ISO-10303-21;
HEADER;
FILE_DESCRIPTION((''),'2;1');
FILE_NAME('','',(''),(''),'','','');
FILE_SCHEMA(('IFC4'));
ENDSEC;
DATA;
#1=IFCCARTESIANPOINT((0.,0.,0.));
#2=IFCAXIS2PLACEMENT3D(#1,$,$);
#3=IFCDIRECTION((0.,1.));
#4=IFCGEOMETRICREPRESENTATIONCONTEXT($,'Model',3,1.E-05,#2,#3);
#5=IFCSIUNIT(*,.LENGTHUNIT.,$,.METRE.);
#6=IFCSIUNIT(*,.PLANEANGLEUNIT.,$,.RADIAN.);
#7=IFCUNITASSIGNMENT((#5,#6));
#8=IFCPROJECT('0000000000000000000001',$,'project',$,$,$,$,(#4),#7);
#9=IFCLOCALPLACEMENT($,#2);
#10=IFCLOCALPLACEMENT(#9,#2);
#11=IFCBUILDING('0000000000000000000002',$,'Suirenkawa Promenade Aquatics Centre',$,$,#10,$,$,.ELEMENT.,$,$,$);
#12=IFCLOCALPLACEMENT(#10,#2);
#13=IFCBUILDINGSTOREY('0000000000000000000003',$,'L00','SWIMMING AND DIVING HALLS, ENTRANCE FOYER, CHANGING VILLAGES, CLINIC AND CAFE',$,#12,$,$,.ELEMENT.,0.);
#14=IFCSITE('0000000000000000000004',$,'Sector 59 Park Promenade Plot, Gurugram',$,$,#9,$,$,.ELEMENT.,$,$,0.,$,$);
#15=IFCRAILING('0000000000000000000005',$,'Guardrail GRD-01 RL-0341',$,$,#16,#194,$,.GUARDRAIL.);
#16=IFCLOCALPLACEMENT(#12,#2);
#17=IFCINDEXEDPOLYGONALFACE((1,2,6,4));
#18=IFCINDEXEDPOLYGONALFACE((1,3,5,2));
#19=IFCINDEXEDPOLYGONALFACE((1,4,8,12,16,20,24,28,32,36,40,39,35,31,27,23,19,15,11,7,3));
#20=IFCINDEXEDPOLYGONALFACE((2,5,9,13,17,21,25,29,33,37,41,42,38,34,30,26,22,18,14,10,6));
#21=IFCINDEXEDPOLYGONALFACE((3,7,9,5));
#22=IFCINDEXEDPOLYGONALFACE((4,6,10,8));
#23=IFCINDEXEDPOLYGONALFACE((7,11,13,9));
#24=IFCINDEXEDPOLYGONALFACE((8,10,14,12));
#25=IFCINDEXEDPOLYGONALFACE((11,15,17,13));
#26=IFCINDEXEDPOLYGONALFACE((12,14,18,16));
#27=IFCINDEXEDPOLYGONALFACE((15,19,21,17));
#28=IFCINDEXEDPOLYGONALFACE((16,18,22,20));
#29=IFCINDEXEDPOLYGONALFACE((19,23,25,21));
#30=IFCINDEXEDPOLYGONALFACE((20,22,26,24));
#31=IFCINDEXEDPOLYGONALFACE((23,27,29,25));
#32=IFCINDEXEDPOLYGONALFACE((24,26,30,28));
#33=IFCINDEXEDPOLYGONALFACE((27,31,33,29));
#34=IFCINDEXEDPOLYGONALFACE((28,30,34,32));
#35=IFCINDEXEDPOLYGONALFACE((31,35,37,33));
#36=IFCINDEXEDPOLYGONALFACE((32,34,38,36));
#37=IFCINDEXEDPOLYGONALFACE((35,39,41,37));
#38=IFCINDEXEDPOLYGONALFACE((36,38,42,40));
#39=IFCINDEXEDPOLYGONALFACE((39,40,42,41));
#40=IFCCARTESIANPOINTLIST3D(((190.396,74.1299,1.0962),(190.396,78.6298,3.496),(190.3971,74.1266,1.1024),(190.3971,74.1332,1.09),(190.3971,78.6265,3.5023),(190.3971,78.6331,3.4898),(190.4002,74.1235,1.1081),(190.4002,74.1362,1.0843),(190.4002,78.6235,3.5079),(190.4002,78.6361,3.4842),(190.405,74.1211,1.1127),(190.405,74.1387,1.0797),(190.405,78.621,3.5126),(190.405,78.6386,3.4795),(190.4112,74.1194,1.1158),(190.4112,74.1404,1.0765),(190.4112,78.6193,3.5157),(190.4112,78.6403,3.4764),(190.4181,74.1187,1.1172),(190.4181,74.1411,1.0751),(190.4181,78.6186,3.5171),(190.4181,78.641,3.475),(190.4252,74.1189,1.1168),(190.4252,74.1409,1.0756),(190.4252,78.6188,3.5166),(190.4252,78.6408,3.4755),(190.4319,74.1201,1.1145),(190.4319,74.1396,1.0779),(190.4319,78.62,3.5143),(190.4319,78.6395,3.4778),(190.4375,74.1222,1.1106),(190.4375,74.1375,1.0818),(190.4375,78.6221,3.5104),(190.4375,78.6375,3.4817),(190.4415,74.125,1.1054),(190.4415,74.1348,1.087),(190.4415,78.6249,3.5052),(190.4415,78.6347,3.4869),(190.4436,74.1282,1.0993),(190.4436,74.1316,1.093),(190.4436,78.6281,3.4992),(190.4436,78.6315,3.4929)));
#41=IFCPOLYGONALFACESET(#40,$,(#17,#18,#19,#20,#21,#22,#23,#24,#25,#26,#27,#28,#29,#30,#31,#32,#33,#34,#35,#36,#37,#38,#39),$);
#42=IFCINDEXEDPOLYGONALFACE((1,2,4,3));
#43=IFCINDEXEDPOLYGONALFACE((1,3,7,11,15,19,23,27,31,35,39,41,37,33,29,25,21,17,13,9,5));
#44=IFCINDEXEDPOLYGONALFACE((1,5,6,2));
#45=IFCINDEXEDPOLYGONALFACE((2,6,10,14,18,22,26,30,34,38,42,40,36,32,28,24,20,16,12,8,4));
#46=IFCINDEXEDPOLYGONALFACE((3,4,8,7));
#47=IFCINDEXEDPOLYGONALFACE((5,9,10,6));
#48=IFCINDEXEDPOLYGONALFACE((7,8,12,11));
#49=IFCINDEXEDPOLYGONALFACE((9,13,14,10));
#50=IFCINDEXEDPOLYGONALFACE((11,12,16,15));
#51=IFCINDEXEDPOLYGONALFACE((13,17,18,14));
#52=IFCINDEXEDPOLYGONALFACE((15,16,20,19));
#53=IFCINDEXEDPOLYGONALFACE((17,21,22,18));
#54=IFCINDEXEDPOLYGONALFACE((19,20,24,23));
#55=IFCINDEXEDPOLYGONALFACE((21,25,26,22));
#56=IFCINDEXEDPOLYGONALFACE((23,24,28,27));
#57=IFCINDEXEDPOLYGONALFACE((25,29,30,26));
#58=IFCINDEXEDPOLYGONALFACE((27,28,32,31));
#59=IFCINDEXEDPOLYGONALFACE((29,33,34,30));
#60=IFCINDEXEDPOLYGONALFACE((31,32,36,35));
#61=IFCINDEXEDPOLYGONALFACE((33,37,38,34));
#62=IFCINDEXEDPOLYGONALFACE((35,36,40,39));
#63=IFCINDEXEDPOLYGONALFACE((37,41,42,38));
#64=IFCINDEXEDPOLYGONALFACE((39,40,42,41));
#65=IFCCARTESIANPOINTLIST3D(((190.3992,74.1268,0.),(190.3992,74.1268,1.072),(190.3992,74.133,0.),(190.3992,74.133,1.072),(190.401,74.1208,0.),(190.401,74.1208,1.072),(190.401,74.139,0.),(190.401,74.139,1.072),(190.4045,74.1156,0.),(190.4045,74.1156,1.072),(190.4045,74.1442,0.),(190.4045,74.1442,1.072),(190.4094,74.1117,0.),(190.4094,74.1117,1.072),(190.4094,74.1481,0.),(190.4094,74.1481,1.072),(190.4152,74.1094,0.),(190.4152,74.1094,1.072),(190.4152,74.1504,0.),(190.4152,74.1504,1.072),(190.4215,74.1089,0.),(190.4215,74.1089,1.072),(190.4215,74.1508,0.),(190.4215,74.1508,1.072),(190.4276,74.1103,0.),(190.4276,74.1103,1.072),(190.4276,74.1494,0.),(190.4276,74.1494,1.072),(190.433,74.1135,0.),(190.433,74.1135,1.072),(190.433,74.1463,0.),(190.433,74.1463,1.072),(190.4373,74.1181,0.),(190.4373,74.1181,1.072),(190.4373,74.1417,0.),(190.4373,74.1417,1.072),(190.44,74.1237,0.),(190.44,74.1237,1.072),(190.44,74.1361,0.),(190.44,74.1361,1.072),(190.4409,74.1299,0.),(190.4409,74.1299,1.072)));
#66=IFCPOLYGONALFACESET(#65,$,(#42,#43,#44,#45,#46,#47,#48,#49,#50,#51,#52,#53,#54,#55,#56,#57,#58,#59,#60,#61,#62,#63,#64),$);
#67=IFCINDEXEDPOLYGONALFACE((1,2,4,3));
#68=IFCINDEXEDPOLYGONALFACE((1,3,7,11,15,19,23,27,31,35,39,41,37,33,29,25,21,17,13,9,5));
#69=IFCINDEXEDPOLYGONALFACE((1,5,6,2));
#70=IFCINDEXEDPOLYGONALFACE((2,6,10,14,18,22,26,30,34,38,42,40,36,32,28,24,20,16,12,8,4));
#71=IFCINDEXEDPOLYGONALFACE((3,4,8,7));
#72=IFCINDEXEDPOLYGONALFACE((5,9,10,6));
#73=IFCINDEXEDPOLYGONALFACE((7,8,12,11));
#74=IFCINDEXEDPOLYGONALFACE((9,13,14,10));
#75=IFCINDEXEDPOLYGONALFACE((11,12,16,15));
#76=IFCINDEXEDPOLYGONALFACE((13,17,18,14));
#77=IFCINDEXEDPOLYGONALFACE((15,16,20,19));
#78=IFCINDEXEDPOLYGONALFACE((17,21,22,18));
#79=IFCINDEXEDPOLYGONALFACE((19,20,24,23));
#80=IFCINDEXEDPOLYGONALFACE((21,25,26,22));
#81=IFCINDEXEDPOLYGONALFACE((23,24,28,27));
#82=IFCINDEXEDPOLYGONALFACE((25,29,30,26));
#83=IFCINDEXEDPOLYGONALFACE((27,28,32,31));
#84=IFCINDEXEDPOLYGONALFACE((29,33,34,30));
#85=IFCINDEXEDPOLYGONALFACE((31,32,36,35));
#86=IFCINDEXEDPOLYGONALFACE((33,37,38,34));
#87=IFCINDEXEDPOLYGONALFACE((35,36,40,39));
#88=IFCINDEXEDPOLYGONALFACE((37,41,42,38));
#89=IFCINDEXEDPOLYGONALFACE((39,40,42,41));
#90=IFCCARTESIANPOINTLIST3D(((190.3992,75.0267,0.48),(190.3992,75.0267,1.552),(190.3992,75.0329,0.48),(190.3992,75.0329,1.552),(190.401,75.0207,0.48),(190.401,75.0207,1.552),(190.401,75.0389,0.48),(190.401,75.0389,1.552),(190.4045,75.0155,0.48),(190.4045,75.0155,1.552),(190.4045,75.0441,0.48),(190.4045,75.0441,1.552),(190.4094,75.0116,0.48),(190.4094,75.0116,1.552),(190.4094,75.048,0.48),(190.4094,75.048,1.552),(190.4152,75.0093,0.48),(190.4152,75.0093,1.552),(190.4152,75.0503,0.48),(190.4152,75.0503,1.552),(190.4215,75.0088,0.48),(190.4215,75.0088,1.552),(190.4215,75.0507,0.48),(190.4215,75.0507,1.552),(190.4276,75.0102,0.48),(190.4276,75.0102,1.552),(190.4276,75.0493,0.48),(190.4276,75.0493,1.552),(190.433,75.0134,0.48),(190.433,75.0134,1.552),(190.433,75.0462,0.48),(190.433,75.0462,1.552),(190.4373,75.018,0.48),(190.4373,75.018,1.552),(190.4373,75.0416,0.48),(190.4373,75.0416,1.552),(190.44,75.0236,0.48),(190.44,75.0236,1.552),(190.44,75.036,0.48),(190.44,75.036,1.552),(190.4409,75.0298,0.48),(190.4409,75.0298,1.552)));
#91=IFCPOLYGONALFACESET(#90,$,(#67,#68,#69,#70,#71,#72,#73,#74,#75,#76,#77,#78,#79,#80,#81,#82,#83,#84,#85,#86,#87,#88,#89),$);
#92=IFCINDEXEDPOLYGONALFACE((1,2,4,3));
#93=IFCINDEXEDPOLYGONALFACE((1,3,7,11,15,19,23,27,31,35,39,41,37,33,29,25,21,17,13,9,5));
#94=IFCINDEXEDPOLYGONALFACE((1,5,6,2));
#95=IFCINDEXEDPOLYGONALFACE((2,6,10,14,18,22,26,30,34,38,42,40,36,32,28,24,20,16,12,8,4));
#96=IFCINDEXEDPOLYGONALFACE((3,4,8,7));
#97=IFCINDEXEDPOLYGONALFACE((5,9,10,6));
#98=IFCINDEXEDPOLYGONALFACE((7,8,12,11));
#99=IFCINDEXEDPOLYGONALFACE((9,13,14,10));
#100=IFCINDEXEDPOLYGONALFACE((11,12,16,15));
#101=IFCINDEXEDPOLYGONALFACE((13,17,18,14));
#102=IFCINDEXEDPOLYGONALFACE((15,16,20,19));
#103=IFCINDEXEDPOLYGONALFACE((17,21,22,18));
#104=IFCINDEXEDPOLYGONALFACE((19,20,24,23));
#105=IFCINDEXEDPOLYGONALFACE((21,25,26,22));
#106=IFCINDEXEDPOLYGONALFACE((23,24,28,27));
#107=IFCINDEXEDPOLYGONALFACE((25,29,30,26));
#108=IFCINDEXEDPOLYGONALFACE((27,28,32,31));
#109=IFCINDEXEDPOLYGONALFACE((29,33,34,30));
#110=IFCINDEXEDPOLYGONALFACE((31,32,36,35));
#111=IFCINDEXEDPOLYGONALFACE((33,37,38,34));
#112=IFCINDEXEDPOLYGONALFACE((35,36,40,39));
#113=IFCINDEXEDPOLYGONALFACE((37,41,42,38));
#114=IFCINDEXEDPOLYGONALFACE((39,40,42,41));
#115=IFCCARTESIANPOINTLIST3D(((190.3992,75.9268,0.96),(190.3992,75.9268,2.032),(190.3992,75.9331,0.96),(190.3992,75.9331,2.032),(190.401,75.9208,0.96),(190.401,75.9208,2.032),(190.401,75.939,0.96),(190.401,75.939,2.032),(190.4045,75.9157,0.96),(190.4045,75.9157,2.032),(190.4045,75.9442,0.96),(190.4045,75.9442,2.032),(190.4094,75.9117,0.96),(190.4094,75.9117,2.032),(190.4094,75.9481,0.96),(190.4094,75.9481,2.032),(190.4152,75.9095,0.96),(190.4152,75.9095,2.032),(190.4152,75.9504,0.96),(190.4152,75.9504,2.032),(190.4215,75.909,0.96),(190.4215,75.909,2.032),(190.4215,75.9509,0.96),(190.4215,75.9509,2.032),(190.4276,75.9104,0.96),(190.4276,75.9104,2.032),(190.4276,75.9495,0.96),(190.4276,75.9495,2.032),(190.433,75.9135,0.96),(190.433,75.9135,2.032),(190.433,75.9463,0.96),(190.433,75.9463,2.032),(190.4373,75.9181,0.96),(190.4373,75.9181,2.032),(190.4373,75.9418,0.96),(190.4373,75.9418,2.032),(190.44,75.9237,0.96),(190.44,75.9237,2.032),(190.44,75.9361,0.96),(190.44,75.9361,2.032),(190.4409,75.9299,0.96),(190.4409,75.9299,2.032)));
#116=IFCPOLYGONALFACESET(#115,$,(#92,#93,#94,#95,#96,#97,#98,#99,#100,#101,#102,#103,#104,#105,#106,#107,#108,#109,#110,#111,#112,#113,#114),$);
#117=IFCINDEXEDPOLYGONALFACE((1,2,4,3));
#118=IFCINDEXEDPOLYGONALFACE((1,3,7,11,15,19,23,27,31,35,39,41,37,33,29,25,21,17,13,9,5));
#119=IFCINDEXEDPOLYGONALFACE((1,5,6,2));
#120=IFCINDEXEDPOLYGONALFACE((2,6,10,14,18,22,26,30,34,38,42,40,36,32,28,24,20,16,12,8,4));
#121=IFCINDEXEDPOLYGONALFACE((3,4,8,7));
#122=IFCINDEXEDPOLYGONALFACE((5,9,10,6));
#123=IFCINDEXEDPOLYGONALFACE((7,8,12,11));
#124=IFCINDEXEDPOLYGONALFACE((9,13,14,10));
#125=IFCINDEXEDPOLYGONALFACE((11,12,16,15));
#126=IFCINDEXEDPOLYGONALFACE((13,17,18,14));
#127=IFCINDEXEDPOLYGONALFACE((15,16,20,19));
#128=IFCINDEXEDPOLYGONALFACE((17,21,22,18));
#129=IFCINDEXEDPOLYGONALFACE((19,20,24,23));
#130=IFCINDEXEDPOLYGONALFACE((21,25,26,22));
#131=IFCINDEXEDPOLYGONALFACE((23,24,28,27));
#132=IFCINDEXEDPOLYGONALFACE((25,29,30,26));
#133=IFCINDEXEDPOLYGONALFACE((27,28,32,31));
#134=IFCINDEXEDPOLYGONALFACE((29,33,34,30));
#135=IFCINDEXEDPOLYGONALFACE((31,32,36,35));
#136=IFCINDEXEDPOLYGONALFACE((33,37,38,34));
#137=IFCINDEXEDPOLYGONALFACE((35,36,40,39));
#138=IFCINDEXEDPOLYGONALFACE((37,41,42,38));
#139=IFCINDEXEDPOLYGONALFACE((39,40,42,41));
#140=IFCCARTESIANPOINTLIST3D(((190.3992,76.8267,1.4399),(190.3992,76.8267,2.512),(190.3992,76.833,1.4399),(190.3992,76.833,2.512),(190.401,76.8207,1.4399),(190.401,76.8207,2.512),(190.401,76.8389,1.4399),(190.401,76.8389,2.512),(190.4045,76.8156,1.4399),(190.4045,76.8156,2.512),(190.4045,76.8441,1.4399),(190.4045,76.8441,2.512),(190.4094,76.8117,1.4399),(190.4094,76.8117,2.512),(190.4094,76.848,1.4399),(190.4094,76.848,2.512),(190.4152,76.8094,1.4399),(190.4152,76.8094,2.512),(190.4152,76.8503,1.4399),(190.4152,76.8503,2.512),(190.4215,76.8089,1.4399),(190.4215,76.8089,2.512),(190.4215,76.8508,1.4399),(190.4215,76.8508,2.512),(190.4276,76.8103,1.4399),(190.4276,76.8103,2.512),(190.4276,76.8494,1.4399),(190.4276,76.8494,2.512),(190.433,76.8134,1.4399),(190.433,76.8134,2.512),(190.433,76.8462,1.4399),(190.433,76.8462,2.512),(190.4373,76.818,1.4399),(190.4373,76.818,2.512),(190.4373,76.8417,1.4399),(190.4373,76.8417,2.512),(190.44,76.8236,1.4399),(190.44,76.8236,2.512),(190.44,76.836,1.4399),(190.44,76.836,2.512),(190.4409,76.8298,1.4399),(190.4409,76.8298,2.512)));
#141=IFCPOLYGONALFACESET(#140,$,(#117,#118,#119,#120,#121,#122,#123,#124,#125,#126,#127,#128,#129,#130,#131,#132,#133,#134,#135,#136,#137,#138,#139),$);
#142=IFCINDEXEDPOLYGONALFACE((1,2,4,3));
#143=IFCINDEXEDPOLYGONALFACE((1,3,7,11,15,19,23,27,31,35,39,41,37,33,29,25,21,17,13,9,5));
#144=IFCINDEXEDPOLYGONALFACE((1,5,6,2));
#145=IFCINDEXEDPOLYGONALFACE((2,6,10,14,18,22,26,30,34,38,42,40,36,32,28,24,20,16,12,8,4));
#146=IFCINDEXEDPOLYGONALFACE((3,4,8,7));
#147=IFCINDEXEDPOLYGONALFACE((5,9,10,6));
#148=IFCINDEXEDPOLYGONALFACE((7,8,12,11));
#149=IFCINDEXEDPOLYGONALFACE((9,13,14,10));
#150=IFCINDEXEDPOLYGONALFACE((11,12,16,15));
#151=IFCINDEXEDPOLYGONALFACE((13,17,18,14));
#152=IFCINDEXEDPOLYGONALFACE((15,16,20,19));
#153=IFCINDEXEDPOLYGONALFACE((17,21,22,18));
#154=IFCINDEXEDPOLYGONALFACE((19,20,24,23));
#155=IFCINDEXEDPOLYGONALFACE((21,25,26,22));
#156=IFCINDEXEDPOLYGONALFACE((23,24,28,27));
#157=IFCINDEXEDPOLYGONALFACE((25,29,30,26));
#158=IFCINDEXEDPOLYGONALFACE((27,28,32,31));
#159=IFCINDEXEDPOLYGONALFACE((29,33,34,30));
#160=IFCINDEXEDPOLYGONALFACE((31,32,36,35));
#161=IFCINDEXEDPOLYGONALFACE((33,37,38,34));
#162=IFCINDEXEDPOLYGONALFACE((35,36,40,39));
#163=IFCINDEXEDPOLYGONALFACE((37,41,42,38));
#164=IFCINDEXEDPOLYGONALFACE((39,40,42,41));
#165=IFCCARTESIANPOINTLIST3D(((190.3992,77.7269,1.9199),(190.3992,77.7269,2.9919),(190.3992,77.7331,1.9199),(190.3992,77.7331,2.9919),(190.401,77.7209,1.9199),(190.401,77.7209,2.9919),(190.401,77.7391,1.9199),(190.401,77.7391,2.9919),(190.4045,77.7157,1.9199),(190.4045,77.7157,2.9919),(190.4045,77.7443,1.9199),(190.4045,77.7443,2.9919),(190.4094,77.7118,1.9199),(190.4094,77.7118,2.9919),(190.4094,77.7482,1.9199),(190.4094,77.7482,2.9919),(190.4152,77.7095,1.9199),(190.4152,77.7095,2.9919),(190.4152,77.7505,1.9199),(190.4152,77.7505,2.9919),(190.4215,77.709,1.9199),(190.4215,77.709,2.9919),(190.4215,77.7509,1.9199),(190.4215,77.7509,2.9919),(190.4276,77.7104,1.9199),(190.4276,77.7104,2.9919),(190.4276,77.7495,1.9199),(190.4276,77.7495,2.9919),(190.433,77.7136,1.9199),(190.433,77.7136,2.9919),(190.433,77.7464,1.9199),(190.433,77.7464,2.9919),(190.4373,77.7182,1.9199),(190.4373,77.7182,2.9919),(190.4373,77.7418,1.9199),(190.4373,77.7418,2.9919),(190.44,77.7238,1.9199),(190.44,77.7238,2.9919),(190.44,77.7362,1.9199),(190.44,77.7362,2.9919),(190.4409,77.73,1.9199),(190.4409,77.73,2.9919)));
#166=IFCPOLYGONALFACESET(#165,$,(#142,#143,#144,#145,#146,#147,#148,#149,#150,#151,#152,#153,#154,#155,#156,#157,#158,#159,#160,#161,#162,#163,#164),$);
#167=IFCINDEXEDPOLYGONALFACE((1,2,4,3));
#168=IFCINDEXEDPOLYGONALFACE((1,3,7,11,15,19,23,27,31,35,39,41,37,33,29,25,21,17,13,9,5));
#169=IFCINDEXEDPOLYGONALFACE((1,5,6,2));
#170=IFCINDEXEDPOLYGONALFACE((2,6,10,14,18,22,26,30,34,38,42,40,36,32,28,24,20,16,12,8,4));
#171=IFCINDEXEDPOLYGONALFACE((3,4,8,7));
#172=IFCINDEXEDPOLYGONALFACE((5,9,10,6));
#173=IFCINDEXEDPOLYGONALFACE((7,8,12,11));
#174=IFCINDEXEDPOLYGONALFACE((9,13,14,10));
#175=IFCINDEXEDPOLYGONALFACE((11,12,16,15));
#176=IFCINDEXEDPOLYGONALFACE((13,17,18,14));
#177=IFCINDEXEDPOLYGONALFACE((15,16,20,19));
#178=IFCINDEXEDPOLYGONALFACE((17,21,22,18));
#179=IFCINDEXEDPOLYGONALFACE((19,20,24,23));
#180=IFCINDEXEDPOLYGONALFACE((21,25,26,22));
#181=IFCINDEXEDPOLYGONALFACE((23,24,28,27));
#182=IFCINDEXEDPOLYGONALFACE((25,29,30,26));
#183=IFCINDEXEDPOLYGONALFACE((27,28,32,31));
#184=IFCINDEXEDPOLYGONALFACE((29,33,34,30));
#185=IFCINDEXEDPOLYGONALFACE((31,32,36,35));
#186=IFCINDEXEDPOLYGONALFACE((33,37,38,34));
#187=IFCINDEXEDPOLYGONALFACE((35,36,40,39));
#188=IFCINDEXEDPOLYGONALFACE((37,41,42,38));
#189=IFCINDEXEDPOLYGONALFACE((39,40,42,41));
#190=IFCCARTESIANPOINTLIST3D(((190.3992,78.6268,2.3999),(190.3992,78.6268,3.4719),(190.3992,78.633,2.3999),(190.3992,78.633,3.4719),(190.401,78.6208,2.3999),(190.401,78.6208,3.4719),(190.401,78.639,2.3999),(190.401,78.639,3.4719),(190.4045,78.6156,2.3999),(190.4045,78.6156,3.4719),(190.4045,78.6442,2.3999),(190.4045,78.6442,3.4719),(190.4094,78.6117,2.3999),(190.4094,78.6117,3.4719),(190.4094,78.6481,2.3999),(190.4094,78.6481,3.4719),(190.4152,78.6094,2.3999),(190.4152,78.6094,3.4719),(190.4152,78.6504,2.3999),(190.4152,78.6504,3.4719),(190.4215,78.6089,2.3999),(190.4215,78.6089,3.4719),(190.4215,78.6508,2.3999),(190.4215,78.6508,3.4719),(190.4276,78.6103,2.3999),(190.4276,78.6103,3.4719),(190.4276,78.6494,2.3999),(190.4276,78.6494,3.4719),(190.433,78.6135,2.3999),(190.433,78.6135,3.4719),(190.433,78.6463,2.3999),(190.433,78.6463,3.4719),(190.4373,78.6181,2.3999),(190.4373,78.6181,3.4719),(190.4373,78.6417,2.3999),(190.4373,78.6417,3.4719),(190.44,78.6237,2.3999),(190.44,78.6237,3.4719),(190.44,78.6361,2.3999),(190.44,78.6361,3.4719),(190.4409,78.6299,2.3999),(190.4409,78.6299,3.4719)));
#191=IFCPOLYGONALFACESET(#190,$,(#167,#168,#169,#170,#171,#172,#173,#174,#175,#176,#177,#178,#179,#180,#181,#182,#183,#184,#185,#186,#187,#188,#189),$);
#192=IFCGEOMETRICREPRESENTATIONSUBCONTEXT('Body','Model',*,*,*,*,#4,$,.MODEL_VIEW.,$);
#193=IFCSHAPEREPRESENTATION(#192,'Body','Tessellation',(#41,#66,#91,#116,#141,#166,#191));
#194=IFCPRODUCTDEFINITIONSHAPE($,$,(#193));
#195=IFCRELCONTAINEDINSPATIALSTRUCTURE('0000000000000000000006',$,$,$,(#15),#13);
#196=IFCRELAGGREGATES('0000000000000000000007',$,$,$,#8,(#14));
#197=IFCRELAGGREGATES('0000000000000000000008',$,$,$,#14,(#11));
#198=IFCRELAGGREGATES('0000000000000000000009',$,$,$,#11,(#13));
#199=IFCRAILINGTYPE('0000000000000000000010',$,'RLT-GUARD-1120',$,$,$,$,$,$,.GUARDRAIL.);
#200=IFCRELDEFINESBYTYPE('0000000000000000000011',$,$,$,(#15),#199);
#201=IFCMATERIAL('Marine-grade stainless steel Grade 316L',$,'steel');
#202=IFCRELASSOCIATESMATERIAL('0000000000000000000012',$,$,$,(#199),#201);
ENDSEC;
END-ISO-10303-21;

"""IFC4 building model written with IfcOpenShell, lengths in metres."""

from ifc_helpers import new_model, si_unit, direction, frame, origin, origin_2d, place, context, subcontext, project, spatial, circle, extrude, material, type_object, element, save


model = new_model("IFC4")

# Units and contexts
model_context = context("Model", 3, precision=1e-05, world=origin(), true_north=direction((0.0, 1.0)))
body_context = subcontext(model_context, "Body", "Model", "MODEL_VIEW")
ifc_project = project(units=[si_unit("LENGTHUNIT", "METRE"), si_unit("PLANEANGLEUNIT", "RADIAN")], contexts=[model_context])

# Site, building, storey
site_placement = place(None, origin())
site = spatial("IfcSite", under=ifc_project, at=site_placement, Name="Sector 59 Park Promenade Plot, Gurugram", CompositionType="ELEMENT", RefElevation=0.0)
building_placement = place(site_placement, origin())
building = spatial("IfcBuilding", under=site, at=building_placement, Name="Suirenkawa Promenade Aquatics Centre", CompositionType="ELEMENT")
storey_placement = place(building_placement, origin())
storey = spatial("IfcBuildingStorey", under=building, at=storey_placement, Name="L00", Description="SWIMMING AND DIVING HALLS, ENTRANCE FOYER, CHANGING VILLAGES, CLINIC AND CAFE", CompositionType="ELEMENT", Elevation=0.0)

# Railing
ifc_material_1 = material(Name="Marine-grade stainless steel Grade 316L", Category="steel")
railing_type_1 = type_object("IfcRailingType", Name="RLT-GUARD-1120", PredefinedType="GUARDRAIL", material=ifc_material_1)
for number, where, name in (
    (1, (190.4199, 74.1299, 0.0), "Guardrail GRD-01 RL-0341"),
):
    element("IfcRailing", number, at=place(storey_placement, frame(where)), inside=storey, type_object=railing_type_1, Name=name, PredefinedType="GUARDRAIL", context=body_context, shape_type="SweptSolid", body=[
        extrude(circle(Radius=0.0239, at=origin_2d()), frame((0.0, 0.0, 1.0962), z_axis=(0.0, 0.882361, 0.470573), x_axis=(-1.0, 0.0, 0.0)), (0.0, 0.0, 1.0), 5.0999),
        extrude(circle(Radius=0.021, at=origin_2d()), origin(), (0.0, 0.0, 1.0), 1.072),
        extrude(circle(Radius=0.021, at=origin_2d()), frame((0.0, 0.8999, 0.48)), (0.0, 0.0, 1.0), 1.072),
        extrude(circle(Radius=0.021, at=origin_2d()), frame((0.0, 1.8, 0.96)), (0.0, 0.0, 1.0), 1.072),
        extrude(circle(Radius=0.021, at=origin_2d()), frame((0.0, 2.7, 1.4399)), (0.0, 0.0, 1.0), 1.072),
        extrude(circle(Radius=0.021, at=origin_2d()), frame((0.0, 3.6001, 1.9199)), (0.0, 0.0, 1.0), 1.072),
        extrude(circle(Radius=0.021, at=origin_2d()), frame((0.0, 4.5, 2.3999)), (0.0, 0.0, 1.0), 1.072),
    ])

save(model, "model.ifc")
